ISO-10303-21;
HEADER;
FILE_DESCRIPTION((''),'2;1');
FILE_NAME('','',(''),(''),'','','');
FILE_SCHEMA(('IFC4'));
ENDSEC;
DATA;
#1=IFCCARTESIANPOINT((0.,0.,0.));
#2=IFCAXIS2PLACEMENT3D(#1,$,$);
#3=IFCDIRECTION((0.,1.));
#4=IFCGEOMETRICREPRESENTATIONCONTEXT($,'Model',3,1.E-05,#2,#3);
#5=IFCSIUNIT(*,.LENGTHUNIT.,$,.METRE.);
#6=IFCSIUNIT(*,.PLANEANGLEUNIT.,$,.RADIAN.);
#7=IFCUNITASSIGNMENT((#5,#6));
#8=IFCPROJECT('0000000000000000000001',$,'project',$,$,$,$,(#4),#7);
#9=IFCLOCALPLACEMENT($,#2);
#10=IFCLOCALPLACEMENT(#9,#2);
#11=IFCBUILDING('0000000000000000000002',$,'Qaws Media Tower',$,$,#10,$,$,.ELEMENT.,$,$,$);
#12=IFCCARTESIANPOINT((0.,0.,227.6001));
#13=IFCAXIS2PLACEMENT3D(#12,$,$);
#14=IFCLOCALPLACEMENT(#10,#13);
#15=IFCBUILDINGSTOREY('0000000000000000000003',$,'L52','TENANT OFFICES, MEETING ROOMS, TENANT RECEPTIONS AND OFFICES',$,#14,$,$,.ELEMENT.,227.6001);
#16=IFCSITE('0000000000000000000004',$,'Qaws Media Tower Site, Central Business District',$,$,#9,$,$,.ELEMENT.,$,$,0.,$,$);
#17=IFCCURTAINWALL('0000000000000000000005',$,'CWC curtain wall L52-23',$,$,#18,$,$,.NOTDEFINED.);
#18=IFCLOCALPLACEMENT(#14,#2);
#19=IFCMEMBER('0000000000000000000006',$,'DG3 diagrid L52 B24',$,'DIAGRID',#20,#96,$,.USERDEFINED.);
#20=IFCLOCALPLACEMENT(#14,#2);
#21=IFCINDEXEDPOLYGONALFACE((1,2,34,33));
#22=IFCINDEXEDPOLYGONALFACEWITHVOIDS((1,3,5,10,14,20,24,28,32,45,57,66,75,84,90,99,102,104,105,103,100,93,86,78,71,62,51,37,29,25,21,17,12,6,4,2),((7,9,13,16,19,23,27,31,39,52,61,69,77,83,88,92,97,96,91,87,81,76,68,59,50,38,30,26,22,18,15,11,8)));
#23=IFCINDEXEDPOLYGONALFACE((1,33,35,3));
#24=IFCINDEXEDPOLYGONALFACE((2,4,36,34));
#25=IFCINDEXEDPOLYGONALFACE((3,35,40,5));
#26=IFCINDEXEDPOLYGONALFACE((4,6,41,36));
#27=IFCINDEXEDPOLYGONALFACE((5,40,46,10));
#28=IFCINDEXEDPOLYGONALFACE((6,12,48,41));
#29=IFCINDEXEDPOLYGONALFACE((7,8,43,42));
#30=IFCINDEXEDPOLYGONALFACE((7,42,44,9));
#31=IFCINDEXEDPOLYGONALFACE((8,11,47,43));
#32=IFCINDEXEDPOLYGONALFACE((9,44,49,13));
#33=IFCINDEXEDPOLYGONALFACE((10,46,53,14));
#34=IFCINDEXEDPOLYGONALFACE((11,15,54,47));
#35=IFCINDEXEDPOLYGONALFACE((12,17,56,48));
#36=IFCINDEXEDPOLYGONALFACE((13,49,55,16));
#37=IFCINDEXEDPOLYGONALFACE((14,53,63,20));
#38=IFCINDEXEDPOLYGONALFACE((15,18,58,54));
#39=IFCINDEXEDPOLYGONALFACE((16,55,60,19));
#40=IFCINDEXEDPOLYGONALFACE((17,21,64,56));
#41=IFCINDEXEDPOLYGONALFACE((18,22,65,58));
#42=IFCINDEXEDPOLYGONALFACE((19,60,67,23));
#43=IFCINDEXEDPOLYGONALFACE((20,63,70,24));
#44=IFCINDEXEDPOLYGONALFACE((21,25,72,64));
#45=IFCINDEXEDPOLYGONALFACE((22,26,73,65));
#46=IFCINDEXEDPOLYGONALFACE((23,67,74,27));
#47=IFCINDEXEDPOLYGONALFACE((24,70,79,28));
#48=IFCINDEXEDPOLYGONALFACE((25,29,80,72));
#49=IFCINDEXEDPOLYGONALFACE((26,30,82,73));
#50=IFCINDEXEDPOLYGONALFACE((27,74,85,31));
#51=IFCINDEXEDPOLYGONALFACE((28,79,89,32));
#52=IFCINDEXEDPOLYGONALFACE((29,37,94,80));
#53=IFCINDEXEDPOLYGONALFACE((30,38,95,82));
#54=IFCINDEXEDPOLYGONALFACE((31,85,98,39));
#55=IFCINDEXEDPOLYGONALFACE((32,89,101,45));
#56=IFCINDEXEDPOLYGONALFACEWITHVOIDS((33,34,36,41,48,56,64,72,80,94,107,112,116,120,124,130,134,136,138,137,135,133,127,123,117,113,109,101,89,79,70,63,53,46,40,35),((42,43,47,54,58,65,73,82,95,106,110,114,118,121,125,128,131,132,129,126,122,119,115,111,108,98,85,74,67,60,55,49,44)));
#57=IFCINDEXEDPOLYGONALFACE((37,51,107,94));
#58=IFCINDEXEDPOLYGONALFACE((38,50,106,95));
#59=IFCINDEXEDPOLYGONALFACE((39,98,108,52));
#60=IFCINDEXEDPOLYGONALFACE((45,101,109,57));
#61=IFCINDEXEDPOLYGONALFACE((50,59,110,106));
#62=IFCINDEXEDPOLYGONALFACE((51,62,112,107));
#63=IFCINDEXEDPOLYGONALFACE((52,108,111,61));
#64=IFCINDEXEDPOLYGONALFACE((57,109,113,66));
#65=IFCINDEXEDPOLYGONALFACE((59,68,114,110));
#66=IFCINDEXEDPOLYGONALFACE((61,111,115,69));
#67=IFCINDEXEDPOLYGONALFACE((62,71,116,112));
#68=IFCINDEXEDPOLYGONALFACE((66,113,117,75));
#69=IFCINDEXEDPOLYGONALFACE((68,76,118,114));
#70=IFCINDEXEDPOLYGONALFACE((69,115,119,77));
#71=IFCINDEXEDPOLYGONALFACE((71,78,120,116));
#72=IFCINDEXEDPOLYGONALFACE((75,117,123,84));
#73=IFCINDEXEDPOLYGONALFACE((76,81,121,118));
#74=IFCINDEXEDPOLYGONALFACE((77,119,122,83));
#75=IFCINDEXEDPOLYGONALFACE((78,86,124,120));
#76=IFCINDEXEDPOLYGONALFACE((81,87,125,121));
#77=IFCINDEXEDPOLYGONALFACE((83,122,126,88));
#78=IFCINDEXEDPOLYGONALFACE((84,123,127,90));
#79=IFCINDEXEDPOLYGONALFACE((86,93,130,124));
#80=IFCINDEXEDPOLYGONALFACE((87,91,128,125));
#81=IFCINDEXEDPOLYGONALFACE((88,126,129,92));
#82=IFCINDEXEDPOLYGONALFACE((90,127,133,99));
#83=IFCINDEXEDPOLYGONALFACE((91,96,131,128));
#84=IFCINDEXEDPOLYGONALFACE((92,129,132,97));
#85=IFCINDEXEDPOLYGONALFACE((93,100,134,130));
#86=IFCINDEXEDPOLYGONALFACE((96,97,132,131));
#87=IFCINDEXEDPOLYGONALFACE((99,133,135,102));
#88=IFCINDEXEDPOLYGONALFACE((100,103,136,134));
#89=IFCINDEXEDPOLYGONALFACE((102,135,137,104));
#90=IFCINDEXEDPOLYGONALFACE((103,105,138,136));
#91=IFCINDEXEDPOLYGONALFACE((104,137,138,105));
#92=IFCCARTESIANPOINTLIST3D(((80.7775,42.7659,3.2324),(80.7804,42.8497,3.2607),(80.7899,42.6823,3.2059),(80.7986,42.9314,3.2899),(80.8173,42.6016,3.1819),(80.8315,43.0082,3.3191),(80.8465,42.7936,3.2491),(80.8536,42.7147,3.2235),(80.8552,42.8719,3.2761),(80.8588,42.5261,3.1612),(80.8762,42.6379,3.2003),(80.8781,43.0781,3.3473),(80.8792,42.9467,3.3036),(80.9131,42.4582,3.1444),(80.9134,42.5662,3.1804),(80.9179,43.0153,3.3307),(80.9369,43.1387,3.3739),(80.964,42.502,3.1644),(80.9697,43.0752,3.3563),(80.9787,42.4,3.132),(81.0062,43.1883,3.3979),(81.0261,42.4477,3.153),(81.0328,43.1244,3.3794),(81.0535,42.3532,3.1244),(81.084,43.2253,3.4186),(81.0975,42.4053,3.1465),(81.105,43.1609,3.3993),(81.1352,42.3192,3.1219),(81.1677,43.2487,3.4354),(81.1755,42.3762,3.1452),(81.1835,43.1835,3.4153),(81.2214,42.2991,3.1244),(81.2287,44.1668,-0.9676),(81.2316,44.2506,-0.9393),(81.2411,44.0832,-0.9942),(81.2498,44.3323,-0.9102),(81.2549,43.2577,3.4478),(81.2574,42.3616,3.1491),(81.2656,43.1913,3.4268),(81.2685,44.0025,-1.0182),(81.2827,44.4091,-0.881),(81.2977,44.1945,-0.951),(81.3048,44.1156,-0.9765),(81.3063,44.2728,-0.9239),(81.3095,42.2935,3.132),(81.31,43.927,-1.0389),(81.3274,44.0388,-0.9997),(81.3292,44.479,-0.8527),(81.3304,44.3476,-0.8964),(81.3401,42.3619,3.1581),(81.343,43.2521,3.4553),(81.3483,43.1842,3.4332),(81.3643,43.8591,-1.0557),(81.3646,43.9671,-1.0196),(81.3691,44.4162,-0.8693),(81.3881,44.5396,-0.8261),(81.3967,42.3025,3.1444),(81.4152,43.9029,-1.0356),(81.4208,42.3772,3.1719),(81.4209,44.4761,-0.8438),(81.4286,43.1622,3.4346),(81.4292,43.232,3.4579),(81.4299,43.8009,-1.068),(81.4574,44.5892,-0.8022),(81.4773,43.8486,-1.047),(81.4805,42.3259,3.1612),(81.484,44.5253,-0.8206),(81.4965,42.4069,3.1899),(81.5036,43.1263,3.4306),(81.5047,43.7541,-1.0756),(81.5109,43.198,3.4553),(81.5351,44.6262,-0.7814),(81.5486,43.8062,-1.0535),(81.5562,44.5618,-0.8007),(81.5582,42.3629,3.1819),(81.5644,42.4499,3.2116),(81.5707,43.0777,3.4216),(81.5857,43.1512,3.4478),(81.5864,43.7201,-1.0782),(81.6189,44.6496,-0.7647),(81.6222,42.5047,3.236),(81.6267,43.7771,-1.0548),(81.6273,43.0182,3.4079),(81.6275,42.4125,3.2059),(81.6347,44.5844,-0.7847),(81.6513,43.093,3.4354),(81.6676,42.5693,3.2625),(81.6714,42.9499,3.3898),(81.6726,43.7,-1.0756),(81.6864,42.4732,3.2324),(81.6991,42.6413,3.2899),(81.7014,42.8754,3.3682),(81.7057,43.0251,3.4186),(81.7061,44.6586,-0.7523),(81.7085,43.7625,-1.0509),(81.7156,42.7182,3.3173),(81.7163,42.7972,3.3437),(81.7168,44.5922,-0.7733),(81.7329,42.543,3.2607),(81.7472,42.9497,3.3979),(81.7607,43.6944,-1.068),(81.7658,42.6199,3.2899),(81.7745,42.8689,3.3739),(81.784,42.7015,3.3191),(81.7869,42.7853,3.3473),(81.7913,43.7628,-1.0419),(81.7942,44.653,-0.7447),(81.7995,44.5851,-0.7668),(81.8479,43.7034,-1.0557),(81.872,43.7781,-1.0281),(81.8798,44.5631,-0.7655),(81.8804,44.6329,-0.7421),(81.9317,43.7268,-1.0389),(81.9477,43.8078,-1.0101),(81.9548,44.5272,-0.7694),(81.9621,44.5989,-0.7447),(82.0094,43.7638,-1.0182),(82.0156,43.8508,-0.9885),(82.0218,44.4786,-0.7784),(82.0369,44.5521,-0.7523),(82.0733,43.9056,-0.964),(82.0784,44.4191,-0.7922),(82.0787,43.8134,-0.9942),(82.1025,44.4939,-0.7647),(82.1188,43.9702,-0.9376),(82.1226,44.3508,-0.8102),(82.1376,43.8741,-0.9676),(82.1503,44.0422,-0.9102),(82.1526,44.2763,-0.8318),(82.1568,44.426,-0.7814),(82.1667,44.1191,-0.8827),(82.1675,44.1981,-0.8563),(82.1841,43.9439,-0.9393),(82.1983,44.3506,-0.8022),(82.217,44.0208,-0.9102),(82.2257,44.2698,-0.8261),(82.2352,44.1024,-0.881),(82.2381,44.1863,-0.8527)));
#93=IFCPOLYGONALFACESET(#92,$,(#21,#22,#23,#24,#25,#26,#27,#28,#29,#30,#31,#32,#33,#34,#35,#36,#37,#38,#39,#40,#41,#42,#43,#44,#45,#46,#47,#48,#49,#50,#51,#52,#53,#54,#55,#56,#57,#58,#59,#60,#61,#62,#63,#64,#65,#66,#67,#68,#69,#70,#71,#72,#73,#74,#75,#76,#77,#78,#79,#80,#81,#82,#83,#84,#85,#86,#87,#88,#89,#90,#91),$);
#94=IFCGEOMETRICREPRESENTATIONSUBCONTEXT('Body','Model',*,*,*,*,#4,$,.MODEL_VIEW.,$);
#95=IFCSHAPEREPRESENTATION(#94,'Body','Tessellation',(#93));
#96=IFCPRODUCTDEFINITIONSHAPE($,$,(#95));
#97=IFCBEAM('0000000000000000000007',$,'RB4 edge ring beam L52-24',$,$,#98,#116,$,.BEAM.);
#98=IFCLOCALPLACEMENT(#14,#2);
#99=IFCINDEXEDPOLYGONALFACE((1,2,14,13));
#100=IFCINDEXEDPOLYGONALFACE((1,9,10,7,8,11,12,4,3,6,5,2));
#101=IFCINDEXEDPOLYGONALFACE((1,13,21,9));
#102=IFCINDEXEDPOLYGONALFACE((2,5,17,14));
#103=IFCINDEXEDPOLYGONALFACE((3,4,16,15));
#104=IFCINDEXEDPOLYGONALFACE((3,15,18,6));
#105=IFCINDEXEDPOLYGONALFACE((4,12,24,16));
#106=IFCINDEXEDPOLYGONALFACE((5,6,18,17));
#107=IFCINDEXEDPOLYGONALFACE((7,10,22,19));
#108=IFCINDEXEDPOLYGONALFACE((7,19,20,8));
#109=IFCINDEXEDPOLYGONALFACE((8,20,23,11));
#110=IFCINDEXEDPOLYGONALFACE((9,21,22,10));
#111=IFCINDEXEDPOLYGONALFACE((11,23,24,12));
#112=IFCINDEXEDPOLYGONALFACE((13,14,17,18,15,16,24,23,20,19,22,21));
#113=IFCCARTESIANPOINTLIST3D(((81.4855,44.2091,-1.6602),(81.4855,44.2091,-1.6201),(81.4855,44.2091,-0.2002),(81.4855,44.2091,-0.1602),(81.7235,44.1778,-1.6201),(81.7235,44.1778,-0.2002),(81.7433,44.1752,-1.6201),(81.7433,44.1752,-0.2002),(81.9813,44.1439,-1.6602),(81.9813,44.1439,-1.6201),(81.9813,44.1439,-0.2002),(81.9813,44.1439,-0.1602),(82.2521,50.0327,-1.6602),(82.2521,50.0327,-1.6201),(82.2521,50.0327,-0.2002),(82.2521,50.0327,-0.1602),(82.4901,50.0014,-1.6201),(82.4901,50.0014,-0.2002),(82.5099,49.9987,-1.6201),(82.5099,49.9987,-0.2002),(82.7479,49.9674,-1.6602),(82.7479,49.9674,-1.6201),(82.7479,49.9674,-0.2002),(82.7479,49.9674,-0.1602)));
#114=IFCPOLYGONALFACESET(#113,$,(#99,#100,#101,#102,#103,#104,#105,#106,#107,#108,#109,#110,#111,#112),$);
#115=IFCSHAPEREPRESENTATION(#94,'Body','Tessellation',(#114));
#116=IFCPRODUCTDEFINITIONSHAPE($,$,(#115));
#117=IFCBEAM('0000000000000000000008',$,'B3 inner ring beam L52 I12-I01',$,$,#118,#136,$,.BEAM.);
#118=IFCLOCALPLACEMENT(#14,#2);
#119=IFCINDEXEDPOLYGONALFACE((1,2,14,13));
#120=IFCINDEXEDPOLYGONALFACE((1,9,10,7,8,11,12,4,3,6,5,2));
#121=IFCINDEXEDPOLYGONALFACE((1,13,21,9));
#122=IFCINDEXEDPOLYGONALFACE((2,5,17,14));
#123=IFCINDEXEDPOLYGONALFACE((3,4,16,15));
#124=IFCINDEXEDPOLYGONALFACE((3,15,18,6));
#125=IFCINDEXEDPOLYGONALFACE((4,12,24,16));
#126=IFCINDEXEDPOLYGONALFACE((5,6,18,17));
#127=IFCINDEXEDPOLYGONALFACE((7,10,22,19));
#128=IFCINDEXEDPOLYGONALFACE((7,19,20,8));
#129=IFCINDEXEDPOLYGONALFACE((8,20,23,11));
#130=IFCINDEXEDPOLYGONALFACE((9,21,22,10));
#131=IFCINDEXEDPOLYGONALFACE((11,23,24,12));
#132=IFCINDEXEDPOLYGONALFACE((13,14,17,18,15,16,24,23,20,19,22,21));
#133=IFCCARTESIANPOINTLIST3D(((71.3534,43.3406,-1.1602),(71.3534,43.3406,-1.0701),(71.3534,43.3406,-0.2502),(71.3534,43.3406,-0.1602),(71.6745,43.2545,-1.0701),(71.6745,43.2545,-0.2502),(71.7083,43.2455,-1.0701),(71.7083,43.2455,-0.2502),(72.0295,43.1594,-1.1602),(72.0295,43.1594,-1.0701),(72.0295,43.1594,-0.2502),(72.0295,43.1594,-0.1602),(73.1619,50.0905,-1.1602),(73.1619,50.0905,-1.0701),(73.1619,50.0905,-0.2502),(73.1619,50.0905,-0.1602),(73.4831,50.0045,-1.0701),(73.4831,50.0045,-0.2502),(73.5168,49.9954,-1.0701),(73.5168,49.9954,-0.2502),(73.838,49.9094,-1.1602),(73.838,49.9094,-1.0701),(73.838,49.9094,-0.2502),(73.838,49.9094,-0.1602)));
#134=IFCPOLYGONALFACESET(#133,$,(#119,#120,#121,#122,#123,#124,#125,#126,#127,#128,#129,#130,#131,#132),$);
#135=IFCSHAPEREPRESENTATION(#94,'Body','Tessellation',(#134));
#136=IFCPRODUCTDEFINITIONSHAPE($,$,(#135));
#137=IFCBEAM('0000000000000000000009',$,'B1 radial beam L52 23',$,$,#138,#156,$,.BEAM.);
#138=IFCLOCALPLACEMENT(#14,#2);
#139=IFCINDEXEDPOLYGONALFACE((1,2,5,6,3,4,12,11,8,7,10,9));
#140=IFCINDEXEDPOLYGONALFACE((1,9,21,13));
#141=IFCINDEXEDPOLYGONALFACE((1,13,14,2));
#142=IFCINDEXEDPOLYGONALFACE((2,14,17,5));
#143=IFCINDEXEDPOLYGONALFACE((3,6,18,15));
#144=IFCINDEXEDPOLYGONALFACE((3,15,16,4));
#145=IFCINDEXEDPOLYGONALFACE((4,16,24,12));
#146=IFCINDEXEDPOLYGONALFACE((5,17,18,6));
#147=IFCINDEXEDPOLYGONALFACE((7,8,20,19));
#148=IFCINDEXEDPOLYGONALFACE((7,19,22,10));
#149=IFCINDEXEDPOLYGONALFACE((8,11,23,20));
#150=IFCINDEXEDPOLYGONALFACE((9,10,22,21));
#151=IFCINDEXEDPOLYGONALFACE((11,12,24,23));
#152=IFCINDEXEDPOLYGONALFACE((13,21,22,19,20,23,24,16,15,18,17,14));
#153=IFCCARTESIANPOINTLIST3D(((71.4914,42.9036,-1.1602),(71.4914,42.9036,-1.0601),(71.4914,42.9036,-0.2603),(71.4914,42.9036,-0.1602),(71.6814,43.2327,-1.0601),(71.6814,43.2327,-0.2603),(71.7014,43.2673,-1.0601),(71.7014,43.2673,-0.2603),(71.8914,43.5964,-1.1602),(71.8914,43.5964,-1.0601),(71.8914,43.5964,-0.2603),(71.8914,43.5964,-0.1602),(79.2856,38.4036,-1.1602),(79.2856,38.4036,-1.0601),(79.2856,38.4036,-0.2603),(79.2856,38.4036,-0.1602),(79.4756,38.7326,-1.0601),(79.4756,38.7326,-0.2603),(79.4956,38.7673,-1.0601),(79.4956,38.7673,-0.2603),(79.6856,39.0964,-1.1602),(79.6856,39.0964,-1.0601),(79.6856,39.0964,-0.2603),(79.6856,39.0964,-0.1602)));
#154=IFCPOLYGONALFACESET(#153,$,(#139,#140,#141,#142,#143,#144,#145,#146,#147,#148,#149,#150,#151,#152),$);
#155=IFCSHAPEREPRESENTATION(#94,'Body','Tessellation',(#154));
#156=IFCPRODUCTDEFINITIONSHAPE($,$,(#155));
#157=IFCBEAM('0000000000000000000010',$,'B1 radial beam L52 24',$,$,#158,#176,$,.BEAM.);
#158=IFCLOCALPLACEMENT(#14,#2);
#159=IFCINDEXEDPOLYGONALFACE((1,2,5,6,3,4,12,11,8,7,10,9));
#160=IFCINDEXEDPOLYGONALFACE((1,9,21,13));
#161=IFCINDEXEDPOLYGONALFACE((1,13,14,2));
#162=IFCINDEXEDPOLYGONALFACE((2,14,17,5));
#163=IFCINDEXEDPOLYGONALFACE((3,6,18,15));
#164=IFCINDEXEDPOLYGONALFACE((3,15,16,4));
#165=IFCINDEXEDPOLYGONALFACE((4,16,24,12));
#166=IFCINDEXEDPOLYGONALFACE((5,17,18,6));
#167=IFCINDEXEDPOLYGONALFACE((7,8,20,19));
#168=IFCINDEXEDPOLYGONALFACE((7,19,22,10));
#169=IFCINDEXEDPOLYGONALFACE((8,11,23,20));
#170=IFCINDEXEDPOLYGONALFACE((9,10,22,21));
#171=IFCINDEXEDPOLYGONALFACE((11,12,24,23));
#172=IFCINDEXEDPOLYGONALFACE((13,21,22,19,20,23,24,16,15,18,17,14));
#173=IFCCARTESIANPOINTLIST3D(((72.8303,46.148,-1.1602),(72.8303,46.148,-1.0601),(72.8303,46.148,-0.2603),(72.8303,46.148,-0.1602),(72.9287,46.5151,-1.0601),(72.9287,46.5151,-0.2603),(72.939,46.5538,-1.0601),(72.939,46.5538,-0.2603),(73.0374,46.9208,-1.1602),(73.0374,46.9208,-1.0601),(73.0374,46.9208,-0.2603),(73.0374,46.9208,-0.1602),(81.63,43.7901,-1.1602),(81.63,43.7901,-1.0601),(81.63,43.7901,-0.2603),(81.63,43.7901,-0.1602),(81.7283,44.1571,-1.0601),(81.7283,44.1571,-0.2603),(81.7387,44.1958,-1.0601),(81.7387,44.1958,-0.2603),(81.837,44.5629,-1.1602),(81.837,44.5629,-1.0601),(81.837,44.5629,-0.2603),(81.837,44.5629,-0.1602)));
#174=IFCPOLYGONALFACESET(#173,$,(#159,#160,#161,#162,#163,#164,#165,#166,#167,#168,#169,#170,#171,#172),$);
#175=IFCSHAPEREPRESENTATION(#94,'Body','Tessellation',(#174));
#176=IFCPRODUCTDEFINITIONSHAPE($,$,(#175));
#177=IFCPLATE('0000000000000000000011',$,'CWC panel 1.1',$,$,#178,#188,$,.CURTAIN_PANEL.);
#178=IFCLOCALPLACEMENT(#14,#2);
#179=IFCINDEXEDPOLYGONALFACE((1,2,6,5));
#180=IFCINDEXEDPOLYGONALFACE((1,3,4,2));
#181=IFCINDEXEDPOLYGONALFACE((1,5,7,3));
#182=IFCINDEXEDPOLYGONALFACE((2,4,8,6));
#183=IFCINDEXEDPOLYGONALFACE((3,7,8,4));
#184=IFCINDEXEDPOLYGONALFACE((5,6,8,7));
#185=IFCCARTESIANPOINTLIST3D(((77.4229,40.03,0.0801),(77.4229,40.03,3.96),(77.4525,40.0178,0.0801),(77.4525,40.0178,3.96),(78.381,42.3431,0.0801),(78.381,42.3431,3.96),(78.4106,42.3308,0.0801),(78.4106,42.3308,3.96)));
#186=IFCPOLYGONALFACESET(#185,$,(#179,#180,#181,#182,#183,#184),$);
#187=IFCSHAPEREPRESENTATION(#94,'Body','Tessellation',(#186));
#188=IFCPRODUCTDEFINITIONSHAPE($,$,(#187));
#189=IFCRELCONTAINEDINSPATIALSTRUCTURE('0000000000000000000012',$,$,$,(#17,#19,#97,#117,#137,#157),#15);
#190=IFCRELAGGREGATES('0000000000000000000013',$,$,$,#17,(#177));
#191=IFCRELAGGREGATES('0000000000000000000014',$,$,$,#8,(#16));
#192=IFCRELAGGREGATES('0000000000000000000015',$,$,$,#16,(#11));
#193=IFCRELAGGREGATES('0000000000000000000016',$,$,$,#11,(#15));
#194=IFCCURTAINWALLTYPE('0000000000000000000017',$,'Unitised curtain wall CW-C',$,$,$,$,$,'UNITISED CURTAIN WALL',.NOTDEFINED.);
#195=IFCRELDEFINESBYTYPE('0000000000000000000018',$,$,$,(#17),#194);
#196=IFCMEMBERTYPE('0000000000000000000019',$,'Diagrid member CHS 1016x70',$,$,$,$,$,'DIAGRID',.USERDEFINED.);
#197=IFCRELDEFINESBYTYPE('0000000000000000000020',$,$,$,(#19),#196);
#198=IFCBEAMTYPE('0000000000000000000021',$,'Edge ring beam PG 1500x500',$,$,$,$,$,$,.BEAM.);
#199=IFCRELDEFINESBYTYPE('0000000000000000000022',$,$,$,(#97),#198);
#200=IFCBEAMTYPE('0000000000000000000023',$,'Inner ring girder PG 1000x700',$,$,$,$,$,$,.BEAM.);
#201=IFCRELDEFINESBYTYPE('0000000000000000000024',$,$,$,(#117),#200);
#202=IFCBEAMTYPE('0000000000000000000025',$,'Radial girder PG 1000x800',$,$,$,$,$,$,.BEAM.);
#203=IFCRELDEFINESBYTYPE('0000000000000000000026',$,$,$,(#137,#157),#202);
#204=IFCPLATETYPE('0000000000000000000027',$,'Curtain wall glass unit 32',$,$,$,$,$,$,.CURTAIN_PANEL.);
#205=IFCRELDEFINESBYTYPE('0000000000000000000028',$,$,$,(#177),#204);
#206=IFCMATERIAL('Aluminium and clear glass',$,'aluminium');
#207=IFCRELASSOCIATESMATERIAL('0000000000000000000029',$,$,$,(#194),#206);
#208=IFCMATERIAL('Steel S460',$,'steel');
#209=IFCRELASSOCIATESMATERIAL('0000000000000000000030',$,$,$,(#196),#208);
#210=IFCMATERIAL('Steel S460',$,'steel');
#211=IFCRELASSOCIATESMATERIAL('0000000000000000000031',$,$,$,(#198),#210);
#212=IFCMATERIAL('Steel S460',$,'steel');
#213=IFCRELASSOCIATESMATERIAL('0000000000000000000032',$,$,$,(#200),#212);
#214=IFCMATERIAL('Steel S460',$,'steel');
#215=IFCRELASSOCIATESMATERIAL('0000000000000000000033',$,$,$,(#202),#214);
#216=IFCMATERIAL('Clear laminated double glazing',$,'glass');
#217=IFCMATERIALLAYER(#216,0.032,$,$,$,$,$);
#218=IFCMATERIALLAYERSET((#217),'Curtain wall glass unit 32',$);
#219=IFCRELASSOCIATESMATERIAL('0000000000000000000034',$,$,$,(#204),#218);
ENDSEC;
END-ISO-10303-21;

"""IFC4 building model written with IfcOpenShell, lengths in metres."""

from ifc_helpers import new_model, si_unit, direction, frame, origin, origin_2d, place, context, subcontext, project, spatial, rectangle, hollow_circle, i_section, extrude, material, layer, layer_set, material_profile, profile_set, type_object, element, aggregate, save


model = new_model("IFC4")

# Units and contexts
model_context = context("Model", 3, precision=1e-05, world=origin(), true_north=direction((0.0, 1.0)))
body_context = subcontext(model_context, "Body", "Model", "MODEL_VIEW")
ifc_project = project(units=[si_unit("LENGTHUNIT", "METRE"), si_unit("PLANEANGLEUNIT", "RADIAN")], contexts=[model_context])

# Site, building, storey
site_placement = place(None, origin())
site = spatial("IfcSite", under=ifc_project, at=site_placement, Name="Qaws Media Tower Site, Central Business District", CompositionType="ELEMENT", RefElevation=0.0)
building_placement = place(site_placement, origin())
building = spatial("IfcBuilding", under=site, at=building_placement, Name="Qaws Media Tower", CompositionType="ELEMENT")
storey_placement = place(building_placement, frame((0.0, 0.0, 227.6001)))
storey = spatial("IfcBuildingStorey", under=building, at=storey_placement, Name="L52", Description="TENANT OFFICES, MEETING ROOMS, TENANT RECEPTIONS AND OFFICES", CompositionType="ELEMENT", Elevation=227.6001)

# Curtain wall
ifc_material_1 = material(Name="Aluminium and clear glass", Category="aluminium")
curtain_wall_type = type_object("IfcCurtainWallType", Name="Unitised curtain wall CW-C", ElementType="UNITISED CURTAIN WALL", PredefinedType="NOTDEFINED", material=ifc_material_1)
curtain_wall_1_placement = place(storey_placement, origin())
curtain_wall_1 = element("IfcCurtainWall", 1, at=curtain_wall_1_placement, inside=storey, type_object=curtain_wall_type, Name="CWC curtain wall L52-23", PredefinedType="NOTDEFINED")

# Member
ifc_material_2 = material(Name="Steel S460", Category="steel")
ifc_material_profile_1 = material_profile(ifc_material_2, hollow_circle(Radius=0.5081, WallThickness=0.0701, at=origin_2d()), Name="CHS 1016x70")
ifc_profile_set_1 = profile_set([ifc_material_profile_1], Name="Steel S460")
member_type_1 = type_object("IfcMemberType", Name="Diagrid member CHS 1016x70", ElementType="DIAGRID", PredefinedType="USERDEFINED", material=ifc_profile_set_1)
for number, where, z_axis, x_axis, name in (
    (2, (81.7334, 44.1765, -0.9102), (-0.101379, -0.31478, 0.943735), (0.951852, -0.306557, 0.0), "DG3 diagrid L52 B24"),
):
    element("IfcMember", number, at=place(storey_placement, frame(where, z_axis=z_axis, x_axis=x_axis)), inside=storey, type_object=member_type_1, Name=name, ObjectType="DIAGRID", PredefinedType="USERDEFINED", context=body_context, shape_type="SweptSolid", body=[
        extrude(hollow_circle(Radius=0.5081, WallThickness=0.0701, at=origin_2d()), origin(), (0.0, 0.0, 1.0), 4.4504),
    ])

# Beams
ifc_material_3 = material(Name="Steel S460", Category="steel")
ifc_material_profile_2 = material_profile(ifc_material_3, i_section(OverallWidth=0.5, OverallDepth=1.5, WebThickness=0.02, FlangeThickness=0.04, at=origin_2d()), Name="PG 1500x500")
ifc_profile_set_2 = profile_set([ifc_material_profile_2], Name="Steel S460")
beam_type_1 = type_object("IfcBeamType", Name="Edge ring beam PG 1500x500", PredefinedType="BEAM", material=ifc_profile_set_2)
beam_1_placement = place(storey_placement, frame((81.7334, 44.1765, -0.9102), z_axis=(0.130514, 0.991447, 0.0), x_axis=(-0.991447, 0.130514, 0.0)))
element("IfcBeam", 3, at=beam_1_placement, inside=storey, type_object=beam_type_1, Name="RB4 edge ring beam L52-24", PredefinedType="BEAM", context=body_context, shape_type="SweptSolid", body=[
    extrude(i_section(OverallWidth=0.5, OverallDepth=1.5, WebThickness=0.02, FlangeThickness=0.04, at=origin_2d()), origin(), (0.0, 0.0, 1.0), 5.8738),
])
ifc_material_4 = material(Name="Steel S460", Category="steel")
ifc_material_profile_3 = material_profile(ifc_material_4, i_section(OverallWidth=0.7, OverallDepth=1.0, WebThickness=0.0349, FlangeThickness=0.0901, at=origin_2d()), Name="PG 1000x700")
ifc_profile_set_3 = profile_set([ifc_material_profile_3], Name="Steel S460")
beam_type_2 = type_object("IfcBeamType", Name="Inner ring girder PG 1000x700", PredefinedType="BEAM", material=ifc_profile_set_3)
beam_2_placement = place(storey_placement, frame((71.6914, 43.25, -0.6602), z_axis=(0.258811, 0.965928, 0.0), x_axis=(-0.965928, 0.258811, 0.0)))
element("IfcBeam", 4, at=beam_2_placement, inside=storey, type_object=beam_type_2, Name="B3 inner ring beam L52 I12-I01", PredefinedType="BEAM", context=body_context, shape_type="SweptSolid", body=[
    extrude(i_section(OverallWidth=0.7, OverallDepth=1.0, WebThickness=0.0349, FlangeThickness=0.0901, at=origin_2d()), origin(), (0.0, 0.0, 1.0), 6.988),
])
ifc_material_5 = material(Name="Steel S460", Category="steel")
ifc_material_profile_4 = material_profile(ifc_material_5, i_section(OverallWidth=0.8, OverallDepth=1.0, WebThickness=0.04, FlangeThickness=0.1001, at=origin_2d()), Name="PG 1000x800")
ifc_profile_set_4 = profile_set([ifc_material_profile_4], Name="Steel S460")
beam_type_3 = type_object("IfcBeamType", Name="Radial girder PG 1000x800", PredefinedType="BEAM", material=ifc_profile_set_4)
beam_3_placement = place(storey_placement, frame((71.6914, 43.25, -0.6602), z_axis=(0.866024, -0.500002, 0.0), x_axis=(0.500002, 0.866024, 0.0)))
element("IfcBeam", 5, at=beam_3_placement, inside=storey, type_object=beam_type_3, Name="B1 radial beam L52 23", PredefinedType="BEAM", context=body_context, shape_type="SweptSolid", body=[
    extrude(i_section(OverallWidth=0.8, OverallDepth=1.0, WebThickness=0.04, FlangeThickness=0.1001, at=origin_2d()), origin(), (0.0, 0.0, 1.0), 9.0),
])
beam_4_placement = place(storey_placement, frame((72.9338, 46.5344, -0.6602), z_axis=(0.965924, -0.258827, 0.0), x_axis=(0.258827, 0.965924, 0.0)))
element("IfcBeam", 6, at=beam_4_placement, inside=storey, type_object=beam_type_3, Name="B1 radial beam L52 24", PredefinedType="BEAM", context=body_context, shape_type="SweptSolid", body=[
    extrude(i_section(OverallWidth=0.8, OverallDepth=1.0, WebThickness=0.04, FlangeThickness=0.1001, at=origin_2d()), origin(), (0.0, 0.0, 1.0), 9.1101),
])

# Plate
ifc_material_6 = material(Name="Clear laminated double glazing", Category="glass")
ifc_layer_1 = layer(ifc_material_6, 0.032)
ifc_layer_set_1 = layer_set([ifc_layer_1], Name="Curtain wall glass unit 32")
plate_type_1 = type_object("IfcPlateType", Name="Curtain wall glass unit 32", PredefinedType="CURTAIN_PANEL", material=ifc_layer_set_1)
plate_1_placement = place(storey_placement, frame((77.9167, 41.1804, 0.0801), z_axis=(0.0, 0.0, 1.0), x_axis=(0.382683, 0.92388, 0.0)))
plate_1 = element("IfcPlate", 7, at=plate_1_placement, type_object=plate_type_1, Name="CWC panel 1.1", PredefinedType="CURTAIN_PANEL", context=body_context, shape_type="SweptSolid", body=[
    extrude(rectangle(XDim=2.5037, YDim=0.032, at=origin_2d()), origin(), (0.0, 0.0, 1.0), 3.8799),
])
aggregate(curtain_wall_1, [plate_1])

save(model, "model.ifc")
